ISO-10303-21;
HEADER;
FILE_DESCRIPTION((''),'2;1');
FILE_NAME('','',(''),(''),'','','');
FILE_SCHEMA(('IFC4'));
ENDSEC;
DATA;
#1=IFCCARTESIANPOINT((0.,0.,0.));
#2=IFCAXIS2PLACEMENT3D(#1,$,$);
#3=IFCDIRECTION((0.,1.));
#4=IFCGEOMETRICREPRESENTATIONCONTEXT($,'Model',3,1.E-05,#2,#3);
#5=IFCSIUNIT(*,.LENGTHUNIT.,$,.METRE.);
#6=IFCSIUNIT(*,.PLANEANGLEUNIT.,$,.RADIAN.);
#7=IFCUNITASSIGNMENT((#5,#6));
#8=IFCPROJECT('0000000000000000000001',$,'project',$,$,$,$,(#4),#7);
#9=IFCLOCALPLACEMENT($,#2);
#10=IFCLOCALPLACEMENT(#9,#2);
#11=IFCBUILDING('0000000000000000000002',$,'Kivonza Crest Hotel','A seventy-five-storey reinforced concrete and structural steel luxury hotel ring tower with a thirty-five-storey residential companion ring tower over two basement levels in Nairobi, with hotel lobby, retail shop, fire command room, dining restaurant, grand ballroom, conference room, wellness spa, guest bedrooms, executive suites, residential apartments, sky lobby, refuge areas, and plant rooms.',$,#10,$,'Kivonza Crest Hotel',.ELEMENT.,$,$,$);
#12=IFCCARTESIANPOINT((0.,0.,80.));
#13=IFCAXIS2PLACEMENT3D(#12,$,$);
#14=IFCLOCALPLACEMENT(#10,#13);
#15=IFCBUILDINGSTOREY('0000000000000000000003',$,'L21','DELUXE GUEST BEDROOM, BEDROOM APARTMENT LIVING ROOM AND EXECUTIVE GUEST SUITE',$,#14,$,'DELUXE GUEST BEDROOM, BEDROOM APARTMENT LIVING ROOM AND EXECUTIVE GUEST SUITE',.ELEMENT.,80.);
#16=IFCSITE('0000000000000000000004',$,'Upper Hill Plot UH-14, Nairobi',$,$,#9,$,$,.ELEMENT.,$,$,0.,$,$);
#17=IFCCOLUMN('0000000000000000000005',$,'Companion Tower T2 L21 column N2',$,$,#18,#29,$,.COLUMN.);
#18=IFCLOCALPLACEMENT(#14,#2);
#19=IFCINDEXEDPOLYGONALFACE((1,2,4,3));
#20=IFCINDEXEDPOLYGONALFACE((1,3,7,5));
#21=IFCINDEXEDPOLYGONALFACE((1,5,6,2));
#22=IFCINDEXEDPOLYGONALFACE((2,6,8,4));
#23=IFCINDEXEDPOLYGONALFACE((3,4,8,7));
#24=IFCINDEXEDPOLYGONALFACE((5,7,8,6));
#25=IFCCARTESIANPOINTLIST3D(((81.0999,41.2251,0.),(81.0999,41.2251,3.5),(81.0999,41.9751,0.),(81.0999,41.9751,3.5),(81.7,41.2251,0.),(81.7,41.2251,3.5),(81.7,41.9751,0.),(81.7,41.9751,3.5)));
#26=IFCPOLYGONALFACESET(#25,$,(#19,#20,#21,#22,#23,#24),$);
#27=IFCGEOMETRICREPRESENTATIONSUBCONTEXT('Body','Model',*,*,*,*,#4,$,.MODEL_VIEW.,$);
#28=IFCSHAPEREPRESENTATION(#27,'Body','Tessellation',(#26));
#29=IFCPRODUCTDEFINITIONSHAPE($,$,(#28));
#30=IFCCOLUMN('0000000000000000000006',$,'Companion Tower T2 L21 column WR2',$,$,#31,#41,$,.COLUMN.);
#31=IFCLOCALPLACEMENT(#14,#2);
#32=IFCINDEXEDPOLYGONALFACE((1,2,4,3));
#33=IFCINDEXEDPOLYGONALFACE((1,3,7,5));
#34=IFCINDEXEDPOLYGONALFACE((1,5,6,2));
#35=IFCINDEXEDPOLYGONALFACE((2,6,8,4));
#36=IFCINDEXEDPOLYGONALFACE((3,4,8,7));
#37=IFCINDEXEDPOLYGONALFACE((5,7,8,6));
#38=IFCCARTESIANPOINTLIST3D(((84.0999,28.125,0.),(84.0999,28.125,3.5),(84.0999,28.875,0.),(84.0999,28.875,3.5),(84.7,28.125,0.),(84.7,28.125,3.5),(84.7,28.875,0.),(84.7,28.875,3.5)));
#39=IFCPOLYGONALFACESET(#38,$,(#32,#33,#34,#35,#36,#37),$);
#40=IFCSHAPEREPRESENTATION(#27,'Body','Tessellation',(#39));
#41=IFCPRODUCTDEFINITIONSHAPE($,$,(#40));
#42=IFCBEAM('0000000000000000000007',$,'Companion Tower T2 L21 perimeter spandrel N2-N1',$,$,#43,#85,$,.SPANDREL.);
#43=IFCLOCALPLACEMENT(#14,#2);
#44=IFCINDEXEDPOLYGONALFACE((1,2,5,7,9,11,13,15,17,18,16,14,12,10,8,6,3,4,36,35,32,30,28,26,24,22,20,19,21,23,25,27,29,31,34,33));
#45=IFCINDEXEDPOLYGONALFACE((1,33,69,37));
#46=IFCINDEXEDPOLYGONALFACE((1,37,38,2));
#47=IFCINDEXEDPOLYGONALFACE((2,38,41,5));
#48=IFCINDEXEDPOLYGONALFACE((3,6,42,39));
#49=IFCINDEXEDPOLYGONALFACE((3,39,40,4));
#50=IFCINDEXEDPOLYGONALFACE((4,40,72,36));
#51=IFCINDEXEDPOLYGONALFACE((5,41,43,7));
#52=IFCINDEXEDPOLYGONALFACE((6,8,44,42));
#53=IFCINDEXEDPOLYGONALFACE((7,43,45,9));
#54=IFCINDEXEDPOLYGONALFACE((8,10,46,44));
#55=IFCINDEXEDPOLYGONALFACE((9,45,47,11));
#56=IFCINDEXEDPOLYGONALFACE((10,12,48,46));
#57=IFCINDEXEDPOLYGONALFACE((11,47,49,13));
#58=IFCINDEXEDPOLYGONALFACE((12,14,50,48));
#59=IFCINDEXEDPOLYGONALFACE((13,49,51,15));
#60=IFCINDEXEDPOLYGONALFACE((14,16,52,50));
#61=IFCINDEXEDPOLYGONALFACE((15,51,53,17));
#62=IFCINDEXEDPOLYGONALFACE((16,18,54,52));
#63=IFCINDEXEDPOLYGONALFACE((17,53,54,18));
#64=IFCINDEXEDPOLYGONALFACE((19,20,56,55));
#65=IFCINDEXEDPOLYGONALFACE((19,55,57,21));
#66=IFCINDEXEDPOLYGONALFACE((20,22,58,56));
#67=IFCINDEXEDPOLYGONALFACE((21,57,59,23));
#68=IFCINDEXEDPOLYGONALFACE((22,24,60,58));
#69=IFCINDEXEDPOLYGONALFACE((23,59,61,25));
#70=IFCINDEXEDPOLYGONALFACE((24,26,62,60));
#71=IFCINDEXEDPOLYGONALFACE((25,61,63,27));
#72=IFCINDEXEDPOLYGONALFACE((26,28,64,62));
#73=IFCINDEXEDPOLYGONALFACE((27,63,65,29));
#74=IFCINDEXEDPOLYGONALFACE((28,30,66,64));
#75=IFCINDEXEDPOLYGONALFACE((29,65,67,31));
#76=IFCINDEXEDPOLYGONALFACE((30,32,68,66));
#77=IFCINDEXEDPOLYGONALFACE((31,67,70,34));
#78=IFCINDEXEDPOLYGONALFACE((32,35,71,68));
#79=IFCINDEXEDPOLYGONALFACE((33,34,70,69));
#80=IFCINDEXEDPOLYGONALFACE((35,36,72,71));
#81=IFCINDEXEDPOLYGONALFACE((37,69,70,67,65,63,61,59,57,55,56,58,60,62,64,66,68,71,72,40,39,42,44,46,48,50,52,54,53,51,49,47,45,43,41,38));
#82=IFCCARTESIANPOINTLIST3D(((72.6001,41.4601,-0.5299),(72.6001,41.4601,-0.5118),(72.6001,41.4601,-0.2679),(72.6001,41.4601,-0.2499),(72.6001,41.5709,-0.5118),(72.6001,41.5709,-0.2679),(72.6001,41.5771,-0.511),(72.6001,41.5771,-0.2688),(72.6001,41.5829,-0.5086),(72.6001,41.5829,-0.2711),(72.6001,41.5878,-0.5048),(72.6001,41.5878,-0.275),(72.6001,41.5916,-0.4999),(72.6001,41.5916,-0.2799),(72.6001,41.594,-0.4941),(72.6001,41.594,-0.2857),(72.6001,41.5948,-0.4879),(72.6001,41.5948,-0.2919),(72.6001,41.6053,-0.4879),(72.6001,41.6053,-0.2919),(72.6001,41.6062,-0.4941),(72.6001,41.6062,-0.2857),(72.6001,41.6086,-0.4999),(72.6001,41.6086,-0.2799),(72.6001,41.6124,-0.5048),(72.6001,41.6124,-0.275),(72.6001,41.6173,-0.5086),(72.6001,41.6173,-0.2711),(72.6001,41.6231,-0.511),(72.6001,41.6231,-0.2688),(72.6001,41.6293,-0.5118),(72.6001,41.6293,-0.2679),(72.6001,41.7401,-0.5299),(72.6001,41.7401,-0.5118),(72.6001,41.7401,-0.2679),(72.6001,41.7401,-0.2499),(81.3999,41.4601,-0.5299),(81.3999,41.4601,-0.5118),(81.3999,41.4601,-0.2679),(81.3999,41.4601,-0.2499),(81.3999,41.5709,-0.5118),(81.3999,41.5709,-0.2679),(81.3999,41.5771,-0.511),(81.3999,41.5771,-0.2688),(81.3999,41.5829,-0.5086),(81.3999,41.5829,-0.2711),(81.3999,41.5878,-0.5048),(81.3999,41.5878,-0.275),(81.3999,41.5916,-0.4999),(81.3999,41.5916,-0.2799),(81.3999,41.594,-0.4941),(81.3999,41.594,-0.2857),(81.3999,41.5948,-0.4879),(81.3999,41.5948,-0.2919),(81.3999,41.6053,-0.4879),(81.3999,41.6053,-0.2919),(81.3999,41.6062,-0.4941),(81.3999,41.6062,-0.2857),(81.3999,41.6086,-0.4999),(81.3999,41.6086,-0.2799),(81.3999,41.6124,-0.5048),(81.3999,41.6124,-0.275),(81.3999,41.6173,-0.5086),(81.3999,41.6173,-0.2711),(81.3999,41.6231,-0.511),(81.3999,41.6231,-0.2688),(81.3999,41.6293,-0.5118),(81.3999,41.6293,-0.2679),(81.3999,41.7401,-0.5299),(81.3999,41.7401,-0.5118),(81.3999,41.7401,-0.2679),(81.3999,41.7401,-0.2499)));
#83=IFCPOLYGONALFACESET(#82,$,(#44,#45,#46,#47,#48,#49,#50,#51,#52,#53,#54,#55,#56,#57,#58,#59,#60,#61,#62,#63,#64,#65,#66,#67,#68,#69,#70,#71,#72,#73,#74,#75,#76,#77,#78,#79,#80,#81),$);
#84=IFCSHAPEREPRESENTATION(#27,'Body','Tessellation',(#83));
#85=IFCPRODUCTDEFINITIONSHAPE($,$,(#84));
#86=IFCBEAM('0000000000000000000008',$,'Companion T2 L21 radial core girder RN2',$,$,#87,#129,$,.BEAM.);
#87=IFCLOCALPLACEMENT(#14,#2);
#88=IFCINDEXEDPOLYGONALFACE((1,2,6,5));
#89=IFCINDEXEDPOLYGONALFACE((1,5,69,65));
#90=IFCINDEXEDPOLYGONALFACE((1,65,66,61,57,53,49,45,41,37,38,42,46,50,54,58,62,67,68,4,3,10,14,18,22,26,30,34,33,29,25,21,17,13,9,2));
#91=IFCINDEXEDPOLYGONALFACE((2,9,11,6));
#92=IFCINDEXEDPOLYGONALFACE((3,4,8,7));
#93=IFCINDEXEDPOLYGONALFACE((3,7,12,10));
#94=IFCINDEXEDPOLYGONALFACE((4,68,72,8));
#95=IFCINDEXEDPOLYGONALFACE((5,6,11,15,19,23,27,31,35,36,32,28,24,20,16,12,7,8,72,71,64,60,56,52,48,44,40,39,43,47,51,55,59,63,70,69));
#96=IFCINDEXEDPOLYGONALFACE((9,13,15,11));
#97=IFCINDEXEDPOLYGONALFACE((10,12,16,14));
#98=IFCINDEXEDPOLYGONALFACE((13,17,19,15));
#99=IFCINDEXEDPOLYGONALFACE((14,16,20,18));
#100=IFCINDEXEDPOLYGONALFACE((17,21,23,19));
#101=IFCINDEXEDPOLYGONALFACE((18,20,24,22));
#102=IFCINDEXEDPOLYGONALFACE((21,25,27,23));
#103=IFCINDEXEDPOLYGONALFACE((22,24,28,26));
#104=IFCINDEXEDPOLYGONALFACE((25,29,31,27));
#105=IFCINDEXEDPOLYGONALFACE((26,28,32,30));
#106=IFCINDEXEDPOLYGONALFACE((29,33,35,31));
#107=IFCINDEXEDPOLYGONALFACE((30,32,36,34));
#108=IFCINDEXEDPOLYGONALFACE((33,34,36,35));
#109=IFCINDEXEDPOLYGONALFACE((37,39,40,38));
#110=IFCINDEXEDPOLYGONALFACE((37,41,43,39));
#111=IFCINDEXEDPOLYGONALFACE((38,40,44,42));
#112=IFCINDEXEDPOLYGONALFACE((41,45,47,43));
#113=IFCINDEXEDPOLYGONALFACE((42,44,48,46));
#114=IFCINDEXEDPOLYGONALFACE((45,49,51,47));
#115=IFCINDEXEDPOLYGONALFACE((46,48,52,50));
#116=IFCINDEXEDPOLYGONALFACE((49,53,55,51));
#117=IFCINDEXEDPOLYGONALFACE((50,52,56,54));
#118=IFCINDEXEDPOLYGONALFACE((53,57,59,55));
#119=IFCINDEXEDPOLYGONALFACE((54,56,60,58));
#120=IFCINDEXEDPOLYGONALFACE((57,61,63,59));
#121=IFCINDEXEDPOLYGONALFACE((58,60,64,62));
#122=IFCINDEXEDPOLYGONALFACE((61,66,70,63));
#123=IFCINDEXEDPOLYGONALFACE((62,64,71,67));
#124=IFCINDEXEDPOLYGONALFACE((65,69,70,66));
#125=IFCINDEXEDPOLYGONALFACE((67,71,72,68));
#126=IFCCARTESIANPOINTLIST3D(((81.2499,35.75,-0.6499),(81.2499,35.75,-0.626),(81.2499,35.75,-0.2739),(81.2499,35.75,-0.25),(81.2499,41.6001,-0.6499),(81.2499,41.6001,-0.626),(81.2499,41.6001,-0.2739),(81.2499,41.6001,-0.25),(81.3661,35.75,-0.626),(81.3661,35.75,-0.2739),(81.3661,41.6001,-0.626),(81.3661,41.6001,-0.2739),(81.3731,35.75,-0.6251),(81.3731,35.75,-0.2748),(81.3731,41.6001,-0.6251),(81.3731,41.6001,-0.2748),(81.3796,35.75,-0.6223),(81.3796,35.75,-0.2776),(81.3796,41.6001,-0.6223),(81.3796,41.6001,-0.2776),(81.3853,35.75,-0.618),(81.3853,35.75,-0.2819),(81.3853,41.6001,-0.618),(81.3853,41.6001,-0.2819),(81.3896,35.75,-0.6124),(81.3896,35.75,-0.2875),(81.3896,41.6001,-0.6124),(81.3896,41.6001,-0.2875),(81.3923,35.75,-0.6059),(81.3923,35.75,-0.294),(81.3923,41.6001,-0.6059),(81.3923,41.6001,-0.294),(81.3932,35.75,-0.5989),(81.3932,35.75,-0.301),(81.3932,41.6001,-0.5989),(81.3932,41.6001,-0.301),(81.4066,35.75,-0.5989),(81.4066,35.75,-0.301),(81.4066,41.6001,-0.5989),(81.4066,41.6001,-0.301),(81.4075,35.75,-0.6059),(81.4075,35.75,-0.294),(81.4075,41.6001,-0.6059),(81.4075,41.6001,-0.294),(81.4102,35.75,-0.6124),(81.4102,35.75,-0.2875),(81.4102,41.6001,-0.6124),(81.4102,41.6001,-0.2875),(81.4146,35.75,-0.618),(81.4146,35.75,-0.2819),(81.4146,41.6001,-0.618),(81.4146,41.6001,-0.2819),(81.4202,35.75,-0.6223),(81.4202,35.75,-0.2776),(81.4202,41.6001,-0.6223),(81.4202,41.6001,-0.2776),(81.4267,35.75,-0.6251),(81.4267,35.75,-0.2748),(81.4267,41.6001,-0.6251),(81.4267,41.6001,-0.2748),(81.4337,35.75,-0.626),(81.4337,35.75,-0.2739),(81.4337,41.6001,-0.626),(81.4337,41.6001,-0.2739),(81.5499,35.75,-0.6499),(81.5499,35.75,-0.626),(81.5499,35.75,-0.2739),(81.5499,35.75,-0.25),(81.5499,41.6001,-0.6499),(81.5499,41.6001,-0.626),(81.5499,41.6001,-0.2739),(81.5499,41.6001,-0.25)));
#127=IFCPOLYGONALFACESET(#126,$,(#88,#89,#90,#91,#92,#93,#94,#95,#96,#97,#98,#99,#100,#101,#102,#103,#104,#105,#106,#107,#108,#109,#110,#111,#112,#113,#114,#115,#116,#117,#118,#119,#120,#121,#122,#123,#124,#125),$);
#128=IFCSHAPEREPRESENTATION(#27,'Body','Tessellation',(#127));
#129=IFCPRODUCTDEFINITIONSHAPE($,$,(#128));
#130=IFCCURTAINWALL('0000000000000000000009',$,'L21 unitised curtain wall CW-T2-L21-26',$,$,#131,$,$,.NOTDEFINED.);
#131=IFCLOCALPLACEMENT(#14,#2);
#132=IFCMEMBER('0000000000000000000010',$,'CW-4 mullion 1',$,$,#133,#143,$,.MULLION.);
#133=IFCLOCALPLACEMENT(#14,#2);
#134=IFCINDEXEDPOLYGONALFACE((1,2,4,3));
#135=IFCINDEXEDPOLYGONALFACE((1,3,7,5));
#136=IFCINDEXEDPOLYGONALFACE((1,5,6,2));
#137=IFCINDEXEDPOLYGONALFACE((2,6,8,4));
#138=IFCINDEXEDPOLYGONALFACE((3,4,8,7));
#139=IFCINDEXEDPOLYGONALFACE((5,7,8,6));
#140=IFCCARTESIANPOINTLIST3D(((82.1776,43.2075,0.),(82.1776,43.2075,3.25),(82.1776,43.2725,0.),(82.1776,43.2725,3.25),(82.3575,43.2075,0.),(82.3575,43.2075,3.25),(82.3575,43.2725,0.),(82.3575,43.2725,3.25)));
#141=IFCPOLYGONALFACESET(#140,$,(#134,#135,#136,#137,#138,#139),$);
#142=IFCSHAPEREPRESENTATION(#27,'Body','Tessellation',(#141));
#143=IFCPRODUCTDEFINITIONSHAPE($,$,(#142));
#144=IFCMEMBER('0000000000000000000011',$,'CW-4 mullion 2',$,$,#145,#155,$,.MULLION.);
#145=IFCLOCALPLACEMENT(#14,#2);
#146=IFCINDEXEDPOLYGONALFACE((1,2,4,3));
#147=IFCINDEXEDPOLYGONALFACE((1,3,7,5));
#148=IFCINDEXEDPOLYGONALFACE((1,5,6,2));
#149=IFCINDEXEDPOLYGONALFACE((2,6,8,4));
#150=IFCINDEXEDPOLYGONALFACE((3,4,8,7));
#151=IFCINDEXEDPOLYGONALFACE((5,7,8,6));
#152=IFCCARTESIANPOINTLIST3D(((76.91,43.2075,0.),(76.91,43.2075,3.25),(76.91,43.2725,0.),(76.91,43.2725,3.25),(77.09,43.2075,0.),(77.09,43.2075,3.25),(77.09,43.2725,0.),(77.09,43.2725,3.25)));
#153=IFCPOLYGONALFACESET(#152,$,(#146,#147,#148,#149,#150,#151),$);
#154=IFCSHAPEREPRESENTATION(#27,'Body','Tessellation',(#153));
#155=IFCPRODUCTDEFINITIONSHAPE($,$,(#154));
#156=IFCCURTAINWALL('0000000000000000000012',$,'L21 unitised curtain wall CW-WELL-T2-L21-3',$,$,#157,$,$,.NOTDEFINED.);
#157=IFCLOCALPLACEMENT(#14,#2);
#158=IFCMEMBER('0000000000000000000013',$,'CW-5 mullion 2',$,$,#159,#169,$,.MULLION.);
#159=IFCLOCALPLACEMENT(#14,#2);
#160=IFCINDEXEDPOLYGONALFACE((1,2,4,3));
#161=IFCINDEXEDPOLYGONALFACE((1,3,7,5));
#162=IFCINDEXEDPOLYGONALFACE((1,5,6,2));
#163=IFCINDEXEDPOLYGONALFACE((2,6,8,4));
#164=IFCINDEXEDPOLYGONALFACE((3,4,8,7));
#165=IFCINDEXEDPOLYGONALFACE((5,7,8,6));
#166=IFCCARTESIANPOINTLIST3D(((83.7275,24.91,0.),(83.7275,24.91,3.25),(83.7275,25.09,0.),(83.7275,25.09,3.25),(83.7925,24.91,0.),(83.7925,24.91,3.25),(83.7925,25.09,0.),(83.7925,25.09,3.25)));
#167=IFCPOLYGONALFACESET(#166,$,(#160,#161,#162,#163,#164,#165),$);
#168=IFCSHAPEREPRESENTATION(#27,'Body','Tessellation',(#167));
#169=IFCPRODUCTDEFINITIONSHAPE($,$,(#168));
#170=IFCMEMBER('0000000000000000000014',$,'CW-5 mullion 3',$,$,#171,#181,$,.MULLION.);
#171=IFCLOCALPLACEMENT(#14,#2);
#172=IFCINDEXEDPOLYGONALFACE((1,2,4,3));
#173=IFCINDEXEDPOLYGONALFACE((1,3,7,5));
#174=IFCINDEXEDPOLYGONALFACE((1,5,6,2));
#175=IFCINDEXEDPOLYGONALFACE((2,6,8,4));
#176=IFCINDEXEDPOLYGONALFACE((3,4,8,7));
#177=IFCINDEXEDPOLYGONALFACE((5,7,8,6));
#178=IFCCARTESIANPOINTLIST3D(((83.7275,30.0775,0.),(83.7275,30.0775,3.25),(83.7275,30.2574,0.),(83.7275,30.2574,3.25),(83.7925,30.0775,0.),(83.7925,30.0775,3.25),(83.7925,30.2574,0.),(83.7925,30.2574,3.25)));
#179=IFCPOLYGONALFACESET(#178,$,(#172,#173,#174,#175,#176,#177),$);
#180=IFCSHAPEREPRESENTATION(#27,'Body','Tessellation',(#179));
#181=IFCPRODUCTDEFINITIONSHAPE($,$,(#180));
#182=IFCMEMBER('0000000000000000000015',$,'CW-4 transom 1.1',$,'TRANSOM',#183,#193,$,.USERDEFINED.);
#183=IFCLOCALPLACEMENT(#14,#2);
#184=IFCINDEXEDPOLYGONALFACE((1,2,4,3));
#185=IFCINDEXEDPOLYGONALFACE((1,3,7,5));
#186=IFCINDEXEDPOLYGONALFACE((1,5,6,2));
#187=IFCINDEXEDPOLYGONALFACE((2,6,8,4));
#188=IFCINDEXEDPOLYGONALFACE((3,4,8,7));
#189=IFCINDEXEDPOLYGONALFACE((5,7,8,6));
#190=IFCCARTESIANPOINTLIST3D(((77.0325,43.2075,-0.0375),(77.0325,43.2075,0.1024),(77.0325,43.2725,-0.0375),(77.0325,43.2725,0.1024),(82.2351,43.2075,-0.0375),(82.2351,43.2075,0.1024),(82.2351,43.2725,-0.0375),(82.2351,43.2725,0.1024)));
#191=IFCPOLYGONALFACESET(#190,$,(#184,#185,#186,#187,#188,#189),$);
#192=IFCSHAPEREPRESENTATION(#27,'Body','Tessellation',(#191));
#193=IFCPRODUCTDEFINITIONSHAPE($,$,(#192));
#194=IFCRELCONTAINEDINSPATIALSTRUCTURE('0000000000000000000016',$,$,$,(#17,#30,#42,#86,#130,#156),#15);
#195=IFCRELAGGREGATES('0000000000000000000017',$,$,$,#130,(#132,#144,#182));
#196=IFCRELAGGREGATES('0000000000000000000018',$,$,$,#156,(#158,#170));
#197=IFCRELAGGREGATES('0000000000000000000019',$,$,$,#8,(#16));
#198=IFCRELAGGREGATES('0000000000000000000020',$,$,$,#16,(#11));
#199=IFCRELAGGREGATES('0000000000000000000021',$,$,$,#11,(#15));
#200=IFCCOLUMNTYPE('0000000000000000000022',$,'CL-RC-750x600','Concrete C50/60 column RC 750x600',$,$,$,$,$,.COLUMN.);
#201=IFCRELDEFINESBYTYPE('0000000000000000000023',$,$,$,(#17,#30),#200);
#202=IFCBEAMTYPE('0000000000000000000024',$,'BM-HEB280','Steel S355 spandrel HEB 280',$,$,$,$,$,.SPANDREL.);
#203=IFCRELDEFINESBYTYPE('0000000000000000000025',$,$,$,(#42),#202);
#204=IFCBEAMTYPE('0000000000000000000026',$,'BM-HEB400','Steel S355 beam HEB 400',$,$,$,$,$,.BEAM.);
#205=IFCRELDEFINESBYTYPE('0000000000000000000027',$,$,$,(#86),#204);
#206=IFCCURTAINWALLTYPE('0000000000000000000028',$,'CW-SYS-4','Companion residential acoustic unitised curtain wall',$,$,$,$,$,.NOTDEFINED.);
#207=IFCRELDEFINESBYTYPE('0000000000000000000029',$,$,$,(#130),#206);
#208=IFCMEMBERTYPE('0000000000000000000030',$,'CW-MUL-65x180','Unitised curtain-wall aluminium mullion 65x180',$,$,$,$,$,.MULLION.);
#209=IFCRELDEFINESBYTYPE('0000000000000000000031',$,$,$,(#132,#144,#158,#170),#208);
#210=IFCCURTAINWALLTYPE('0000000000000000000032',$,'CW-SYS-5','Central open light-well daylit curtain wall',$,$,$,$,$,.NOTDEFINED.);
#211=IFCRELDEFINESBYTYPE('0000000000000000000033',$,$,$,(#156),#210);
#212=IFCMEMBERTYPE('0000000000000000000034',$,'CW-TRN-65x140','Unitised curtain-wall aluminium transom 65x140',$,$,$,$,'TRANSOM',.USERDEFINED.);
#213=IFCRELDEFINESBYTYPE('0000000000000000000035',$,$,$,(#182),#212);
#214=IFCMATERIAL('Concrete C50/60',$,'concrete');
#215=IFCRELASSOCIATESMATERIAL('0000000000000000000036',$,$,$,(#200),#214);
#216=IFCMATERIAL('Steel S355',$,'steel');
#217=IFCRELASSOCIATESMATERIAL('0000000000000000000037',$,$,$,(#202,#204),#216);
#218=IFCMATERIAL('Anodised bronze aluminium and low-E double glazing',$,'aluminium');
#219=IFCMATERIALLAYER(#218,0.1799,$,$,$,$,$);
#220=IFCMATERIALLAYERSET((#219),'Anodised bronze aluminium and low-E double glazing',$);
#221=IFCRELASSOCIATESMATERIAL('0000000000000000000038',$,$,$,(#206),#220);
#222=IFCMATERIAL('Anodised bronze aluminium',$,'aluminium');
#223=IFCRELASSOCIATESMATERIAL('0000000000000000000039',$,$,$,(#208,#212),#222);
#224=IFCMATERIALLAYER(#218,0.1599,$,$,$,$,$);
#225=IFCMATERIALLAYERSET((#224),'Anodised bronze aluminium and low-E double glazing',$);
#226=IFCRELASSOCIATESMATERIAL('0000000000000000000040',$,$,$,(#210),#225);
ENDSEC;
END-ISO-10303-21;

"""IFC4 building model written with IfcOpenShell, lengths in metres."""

from ifc_helpers import new_model, si_unit, direction, frame, origin, origin_2d, place, context, subcontext, project, spatial, rectangle, i_section, extrude, material, layer, layer_set, material_profile, profile_set, type_object, element, aggregate, save


model = new_model("IFC4")

# Units and contexts
model_context = context("Model", 3, precision=1e-05, world=origin(), true_north=direction((0.0, 1.0)))
body_context = subcontext(model_context, "Body", "Model", "MODEL_VIEW")
ifc_project = project(units=[si_unit("LENGTHUNIT", "METRE"), si_unit("PLANEANGLEUNIT", "RADIAN")], contexts=[model_context])

# Site, building, storey
site_placement = place(None, origin())
site = spatial("IfcSite", under=ifc_project, at=site_placement, Name="Upper Hill Plot UH-14, Nairobi", CompositionType="ELEMENT", RefElevation=0.0)
building_placement = place(site_placement, origin())
building = spatial("IfcBuilding", under=site, at=building_placement, Name="Kivonza Crest Hotel", Description="A seventy-five-storey reinforced concrete and structural steel luxury hotel ring tower with a thirty-five-storey residential companion ring tower over two basement levels in Nairobi, with hotel lobby, retail shop, fire command room, dining restaurant, grand ballroom, conference room, wellness spa, guest bedrooms, executive suites, residential apartments, sky lobby, refuge areas, and plant rooms.", LongName="Kivonza Crest Hotel", CompositionType="ELEMENT")
storey_placement = place(building_placement, frame((0.0, 0.0, 80.0)))
storey = spatial("IfcBuildingStorey", under=building, at=storey_placement, Name="L21", Description="DELUXE GUEST BEDROOM, BEDROOM APARTMENT LIVING ROOM AND EXECUTIVE GUEST SUITE", LongName="DELUXE GUEST BEDROOM, BEDROOM APARTMENT LIVING ROOM AND EXECUTIVE GUEST SUITE", CompositionType="ELEMENT", Elevation=80.0)

# Columns
ifc_material_1 = material(Name="Concrete C50/60", Category="concrete")
ifc_material_profile_1 = material_profile(ifc_material_1, rectangle(XDim=0.6001, YDim=0.75, at=origin_2d()), Name="RC 750x600")
ifc_profile_set_1 = profile_set([ifc_material_profile_1], Name="Concrete C50/60")
column_type = type_object("IfcColumnType", Name="CL-RC-750x600", Description="Concrete C50/60 column RC 750x600", PredefinedType="COLUMN", material=ifc_profile_set_1)
for number, where, z_axis, x_axis, name in (
    (1, (81.3999, 41.6001, 0.0), (0.0, 0.0, 1.0), (1.0, 0.0, 0.0), "Companion Tower T2 L21 column N2"),
    (2, (84.3999, 28.5, 0.0), (0.0, 0.0, 1.0), (1.0, 0.0, 0.0), "Companion Tower T2 L21 column WR2"),
):
    element("IfcColumn", number, at=place(storey_placement, frame(where, z_axis=z_axis, x_axis=x_axis)), inside=storey, type_object=column_type, Name=name, PredefinedType="COLUMN", context=body_context, shape_type="SweptSolid", body=[
        extrude(rectangle(XDim=0.6001, YDim=0.75, at=origin_2d()), origin(), (0.0, 0.0, 1.0), 3.5),
    ])

# Beams
ifc_material_2 = material(Name="Steel S355", Category="steel")
ifc_material_profile_2 = material_profile(ifc_material_2, i_section(OverallWidth=0.28, OverallDepth=0.28, WebThickness=0.0105, FlangeThickness=0.0181, FilletRadius=0.0239, at=origin_2d()), Name="HEB 280")
ifc_profile_set_2 = profile_set([ifc_material_profile_2], Name="Steel S355")
beam_type_1 = type_object("IfcBeamType", Name="BM-HEB280", Description="Steel S355 spandrel HEB 280", PredefinedType="SPANDREL", material=ifc_profile_set_2)
beam_1_placement = place(storey_placement, frame((81.3999, 41.6001, -0.3899), z_axis=(-1.0, 0.0, 0.0), x_axis=(0.0, -1.0, 0.0)))
element("IfcBeam", 3, at=beam_1_placement, inside=storey, type_object=beam_type_1, Name="Companion Tower T2 L21 perimeter spandrel N2-N1", PredefinedType="SPANDREL", context=body_context, shape_type="SweptSolid", body=[
    extrude(i_section(OverallWidth=0.28, OverallDepth=0.28, WebThickness=0.0105, FlangeThickness=0.0181, FilletRadius=0.0239, at=origin_2d()), origin(), (0.0, 0.0, 1.0), 8.7998),
])
ifc_material_profile_3 = material_profile(ifc_material_2, i_section(OverallWidth=0.3, OverallDepth=0.3999, WebThickness=0.0134, FlangeThickness=0.0239, FilletRadius=0.0271, at=origin_2d()), Name="HEB 400")
ifc_profile_set_3 = profile_set([ifc_material_profile_3], Name="Steel S355")
beam_type_2 = type_object("IfcBeamType", Name="BM-HEB400", Description="Steel S355 beam HEB 400", PredefinedType="BEAM", material=ifc_profile_set_3)
beam_2_placement = place(storey_placement, frame((81.3999, 41.6001, -0.45), z_axis=(0.0, -1.0, 0.0), x_axis=(1.0, 0.0, 0.0)))
element("IfcBeam", 4, at=beam_2_placement, inside=storey, type_object=beam_type_2, Name="Companion T2 L21 radial core girder RN2", PredefinedType="BEAM", context=body_context, shape_type="SweptSolid", body=[
    extrude(i_section(OverallWidth=0.3, OverallDepth=0.3999, WebThickness=0.0134, FlangeThickness=0.0239, FilletRadius=0.0271, at=origin_2d()), origin(), (0.0, 0.0, 1.0), 5.8501),
])

# Curtain walls, members
ifc_material_3 = material(Name="Anodised bronze aluminium and low-E double glazing", Category="aluminium")
ifc_layer_1 = layer(ifc_material_3, 0.1799)
ifc_layer_set_1 = layer_set([ifc_layer_1], Name="Anodised bronze aluminium and low-E double glazing")
curtain_wall_type_1 = type_object("IfcCurtainWallType", Name="CW-SYS-4", Description="Companion residential acoustic unitised curtain wall", PredefinedType="NOTDEFINED", material=ifc_layer_set_1)
curtain_wall_1_placement = place(storey_placement, origin())
curtain_wall_1 = element("IfcCurtainWall", 5, at=curtain_wall_1_placement, inside=storey, type_object=curtain_wall_type_1, Name="L21 unitised curtain wall CW-T2-L21-26", PredefinedType="NOTDEFINED")
ifc_material_4 = material(Name="Anodised bronze aluminium", Category="aluminium")
ifc_material_profile_4 = material_profile(ifc_material_4, rectangle(XDim=0.0649, YDim=0.1799, at=origin_2d()), Name="CW-M 65x180")
ifc_profile_set_4 = profile_set([ifc_material_profile_4], Name="Anodised bronze aluminium")
member_type_1 = type_object("IfcMemberType", Name="CW-MUL-65x180", Description="Unitised curtain-wall aluminium mullion 65x180", PredefinedType="MULLION", material=ifc_profile_set_4)
member_1_placement = place(storey_placement, frame((82.2676, 43.24, 0.0), z_axis=(0.0, 0.0, 1.0), x_axis=(0.0, -1.0, 0.0)))
member_1 = element("IfcMember", 6, at=member_1_placement, type_object=member_type_1, Name="CW-4 mullion 1", PredefinedType="MULLION", context=body_context, shape_type="SweptSolid", body=[
    extrude(rectangle(XDim=0.0649, YDim=0.1799, at=origin_2d()), origin(), (0.0, 0.0, 1.0), 3.25),
])
member_2_placement = place(storey_placement, frame((77.0, 43.24, 0.0), z_axis=(0.0, 0.0, 1.0), x_axis=(0.0, -1.0, 0.0)))
member_2 = element("IfcMember", 7, at=member_2_placement, type_object=member_type_1, Name="CW-4 mullion 2", PredefinedType="MULLION", context=body_context, shape_type="SweptSolid", body=[
    extrude(rectangle(XDim=0.0649, YDim=0.1799, at=origin_2d()), origin(), (0.0, 0.0, 1.0), 3.25),
])
ifc_layer_2 = layer(ifc_material_3, 0.1599)
ifc_layer_set_2 = layer_set([ifc_layer_2], Name="Anodised bronze aluminium and low-E double glazing")
curtain_wall_type_2 = type_object("IfcCurtainWallType", Name="CW-SYS-5", Description="Central open light-well daylit curtain wall", PredefinedType="NOTDEFINED", material=ifc_layer_set_2)
curtain_wall_2_placement = place(storey_placement, origin())
curtain_wall_2 = element("IfcCurtainWall", 8, at=curtain_wall_2_placement, inside=storey, type_object=curtain_wall_type_2, Name="L21 unitised curtain wall CW-WELL-T2-L21-3", PredefinedType="NOTDEFINED")
member_3_placement = place(storey_placement, frame((83.76, 25.0, 0.0), z_axis=(0.0, 0.0, 1.0), x_axis=(-1.0, 0.0, 0.0)))
member_3 = element("IfcMember", 9, at=member_3_placement, type_object=member_type_1, Name="CW-5 mullion 2", PredefinedType="MULLION", context=body_context, shape_type="SweptSolid", body=[
    extrude(rectangle(XDim=0.0649, YDim=0.1799, at=origin_2d()), origin(), (0.0, 0.0, 1.0), 3.25),
])
member_4_placement = place(storey_placement, frame((83.76, 30.1675, 0.0), z_axis=(0.0, 0.0, 1.0), x_axis=(-1.0, 0.0, 0.0)))
member_4 = element("IfcMember", 10, at=member_4_placement, type_object=member_type_1, Name="CW-5 mullion 3", PredefinedType="MULLION", context=body_context, shape_type="SweptSolid", body=[
    extrude(rectangle(XDim=0.0649, YDim=0.1799, at=origin_2d()), origin(), (0.0, 0.0, 1.0), 3.25),
])

# Member
ifc_material_profile_5 = material_profile(ifc_material_4, rectangle(XDim=0.0649, YDim=0.1399, at=origin_2d()), Name="CW-T 65x140")
ifc_profile_set_5 = profile_set([ifc_material_profile_5], Name="Anodised bronze aluminium")
member_type_2 = type_object("IfcMemberType", Name="CW-TRN-65x140", Description="Unitised curtain-wall aluminium transom 65x140", ElementType="TRANSOM", PredefinedType="USERDEFINED", material=ifc_profile_set_5)
member_5_placement = place(storey_placement, frame((82.2351, 43.24, 0.0325), z_axis=(-1.0, 0.0, 0.0), x_axis=(0.0, -1.0, 0.0)))
member_5 = element("IfcMember", 11, at=member_5_placement, type_object=member_type_2, Name="CW-4 transom 1.1", ObjectType="TRANSOM", PredefinedType="USERDEFINED", context=body_context, shape_type="SweptSolid", body=[
    extrude(rectangle(XDim=0.0649, YDim=0.1399, at=origin_2d()), origin(), (0.0, 0.0, 1.0), 5.2026),
])

aggregate(curtain_wall_1, [member_1, member_2, member_5])
aggregate(curtain_wall_2, [member_3, member_4])

save(model, "model.ifc")
